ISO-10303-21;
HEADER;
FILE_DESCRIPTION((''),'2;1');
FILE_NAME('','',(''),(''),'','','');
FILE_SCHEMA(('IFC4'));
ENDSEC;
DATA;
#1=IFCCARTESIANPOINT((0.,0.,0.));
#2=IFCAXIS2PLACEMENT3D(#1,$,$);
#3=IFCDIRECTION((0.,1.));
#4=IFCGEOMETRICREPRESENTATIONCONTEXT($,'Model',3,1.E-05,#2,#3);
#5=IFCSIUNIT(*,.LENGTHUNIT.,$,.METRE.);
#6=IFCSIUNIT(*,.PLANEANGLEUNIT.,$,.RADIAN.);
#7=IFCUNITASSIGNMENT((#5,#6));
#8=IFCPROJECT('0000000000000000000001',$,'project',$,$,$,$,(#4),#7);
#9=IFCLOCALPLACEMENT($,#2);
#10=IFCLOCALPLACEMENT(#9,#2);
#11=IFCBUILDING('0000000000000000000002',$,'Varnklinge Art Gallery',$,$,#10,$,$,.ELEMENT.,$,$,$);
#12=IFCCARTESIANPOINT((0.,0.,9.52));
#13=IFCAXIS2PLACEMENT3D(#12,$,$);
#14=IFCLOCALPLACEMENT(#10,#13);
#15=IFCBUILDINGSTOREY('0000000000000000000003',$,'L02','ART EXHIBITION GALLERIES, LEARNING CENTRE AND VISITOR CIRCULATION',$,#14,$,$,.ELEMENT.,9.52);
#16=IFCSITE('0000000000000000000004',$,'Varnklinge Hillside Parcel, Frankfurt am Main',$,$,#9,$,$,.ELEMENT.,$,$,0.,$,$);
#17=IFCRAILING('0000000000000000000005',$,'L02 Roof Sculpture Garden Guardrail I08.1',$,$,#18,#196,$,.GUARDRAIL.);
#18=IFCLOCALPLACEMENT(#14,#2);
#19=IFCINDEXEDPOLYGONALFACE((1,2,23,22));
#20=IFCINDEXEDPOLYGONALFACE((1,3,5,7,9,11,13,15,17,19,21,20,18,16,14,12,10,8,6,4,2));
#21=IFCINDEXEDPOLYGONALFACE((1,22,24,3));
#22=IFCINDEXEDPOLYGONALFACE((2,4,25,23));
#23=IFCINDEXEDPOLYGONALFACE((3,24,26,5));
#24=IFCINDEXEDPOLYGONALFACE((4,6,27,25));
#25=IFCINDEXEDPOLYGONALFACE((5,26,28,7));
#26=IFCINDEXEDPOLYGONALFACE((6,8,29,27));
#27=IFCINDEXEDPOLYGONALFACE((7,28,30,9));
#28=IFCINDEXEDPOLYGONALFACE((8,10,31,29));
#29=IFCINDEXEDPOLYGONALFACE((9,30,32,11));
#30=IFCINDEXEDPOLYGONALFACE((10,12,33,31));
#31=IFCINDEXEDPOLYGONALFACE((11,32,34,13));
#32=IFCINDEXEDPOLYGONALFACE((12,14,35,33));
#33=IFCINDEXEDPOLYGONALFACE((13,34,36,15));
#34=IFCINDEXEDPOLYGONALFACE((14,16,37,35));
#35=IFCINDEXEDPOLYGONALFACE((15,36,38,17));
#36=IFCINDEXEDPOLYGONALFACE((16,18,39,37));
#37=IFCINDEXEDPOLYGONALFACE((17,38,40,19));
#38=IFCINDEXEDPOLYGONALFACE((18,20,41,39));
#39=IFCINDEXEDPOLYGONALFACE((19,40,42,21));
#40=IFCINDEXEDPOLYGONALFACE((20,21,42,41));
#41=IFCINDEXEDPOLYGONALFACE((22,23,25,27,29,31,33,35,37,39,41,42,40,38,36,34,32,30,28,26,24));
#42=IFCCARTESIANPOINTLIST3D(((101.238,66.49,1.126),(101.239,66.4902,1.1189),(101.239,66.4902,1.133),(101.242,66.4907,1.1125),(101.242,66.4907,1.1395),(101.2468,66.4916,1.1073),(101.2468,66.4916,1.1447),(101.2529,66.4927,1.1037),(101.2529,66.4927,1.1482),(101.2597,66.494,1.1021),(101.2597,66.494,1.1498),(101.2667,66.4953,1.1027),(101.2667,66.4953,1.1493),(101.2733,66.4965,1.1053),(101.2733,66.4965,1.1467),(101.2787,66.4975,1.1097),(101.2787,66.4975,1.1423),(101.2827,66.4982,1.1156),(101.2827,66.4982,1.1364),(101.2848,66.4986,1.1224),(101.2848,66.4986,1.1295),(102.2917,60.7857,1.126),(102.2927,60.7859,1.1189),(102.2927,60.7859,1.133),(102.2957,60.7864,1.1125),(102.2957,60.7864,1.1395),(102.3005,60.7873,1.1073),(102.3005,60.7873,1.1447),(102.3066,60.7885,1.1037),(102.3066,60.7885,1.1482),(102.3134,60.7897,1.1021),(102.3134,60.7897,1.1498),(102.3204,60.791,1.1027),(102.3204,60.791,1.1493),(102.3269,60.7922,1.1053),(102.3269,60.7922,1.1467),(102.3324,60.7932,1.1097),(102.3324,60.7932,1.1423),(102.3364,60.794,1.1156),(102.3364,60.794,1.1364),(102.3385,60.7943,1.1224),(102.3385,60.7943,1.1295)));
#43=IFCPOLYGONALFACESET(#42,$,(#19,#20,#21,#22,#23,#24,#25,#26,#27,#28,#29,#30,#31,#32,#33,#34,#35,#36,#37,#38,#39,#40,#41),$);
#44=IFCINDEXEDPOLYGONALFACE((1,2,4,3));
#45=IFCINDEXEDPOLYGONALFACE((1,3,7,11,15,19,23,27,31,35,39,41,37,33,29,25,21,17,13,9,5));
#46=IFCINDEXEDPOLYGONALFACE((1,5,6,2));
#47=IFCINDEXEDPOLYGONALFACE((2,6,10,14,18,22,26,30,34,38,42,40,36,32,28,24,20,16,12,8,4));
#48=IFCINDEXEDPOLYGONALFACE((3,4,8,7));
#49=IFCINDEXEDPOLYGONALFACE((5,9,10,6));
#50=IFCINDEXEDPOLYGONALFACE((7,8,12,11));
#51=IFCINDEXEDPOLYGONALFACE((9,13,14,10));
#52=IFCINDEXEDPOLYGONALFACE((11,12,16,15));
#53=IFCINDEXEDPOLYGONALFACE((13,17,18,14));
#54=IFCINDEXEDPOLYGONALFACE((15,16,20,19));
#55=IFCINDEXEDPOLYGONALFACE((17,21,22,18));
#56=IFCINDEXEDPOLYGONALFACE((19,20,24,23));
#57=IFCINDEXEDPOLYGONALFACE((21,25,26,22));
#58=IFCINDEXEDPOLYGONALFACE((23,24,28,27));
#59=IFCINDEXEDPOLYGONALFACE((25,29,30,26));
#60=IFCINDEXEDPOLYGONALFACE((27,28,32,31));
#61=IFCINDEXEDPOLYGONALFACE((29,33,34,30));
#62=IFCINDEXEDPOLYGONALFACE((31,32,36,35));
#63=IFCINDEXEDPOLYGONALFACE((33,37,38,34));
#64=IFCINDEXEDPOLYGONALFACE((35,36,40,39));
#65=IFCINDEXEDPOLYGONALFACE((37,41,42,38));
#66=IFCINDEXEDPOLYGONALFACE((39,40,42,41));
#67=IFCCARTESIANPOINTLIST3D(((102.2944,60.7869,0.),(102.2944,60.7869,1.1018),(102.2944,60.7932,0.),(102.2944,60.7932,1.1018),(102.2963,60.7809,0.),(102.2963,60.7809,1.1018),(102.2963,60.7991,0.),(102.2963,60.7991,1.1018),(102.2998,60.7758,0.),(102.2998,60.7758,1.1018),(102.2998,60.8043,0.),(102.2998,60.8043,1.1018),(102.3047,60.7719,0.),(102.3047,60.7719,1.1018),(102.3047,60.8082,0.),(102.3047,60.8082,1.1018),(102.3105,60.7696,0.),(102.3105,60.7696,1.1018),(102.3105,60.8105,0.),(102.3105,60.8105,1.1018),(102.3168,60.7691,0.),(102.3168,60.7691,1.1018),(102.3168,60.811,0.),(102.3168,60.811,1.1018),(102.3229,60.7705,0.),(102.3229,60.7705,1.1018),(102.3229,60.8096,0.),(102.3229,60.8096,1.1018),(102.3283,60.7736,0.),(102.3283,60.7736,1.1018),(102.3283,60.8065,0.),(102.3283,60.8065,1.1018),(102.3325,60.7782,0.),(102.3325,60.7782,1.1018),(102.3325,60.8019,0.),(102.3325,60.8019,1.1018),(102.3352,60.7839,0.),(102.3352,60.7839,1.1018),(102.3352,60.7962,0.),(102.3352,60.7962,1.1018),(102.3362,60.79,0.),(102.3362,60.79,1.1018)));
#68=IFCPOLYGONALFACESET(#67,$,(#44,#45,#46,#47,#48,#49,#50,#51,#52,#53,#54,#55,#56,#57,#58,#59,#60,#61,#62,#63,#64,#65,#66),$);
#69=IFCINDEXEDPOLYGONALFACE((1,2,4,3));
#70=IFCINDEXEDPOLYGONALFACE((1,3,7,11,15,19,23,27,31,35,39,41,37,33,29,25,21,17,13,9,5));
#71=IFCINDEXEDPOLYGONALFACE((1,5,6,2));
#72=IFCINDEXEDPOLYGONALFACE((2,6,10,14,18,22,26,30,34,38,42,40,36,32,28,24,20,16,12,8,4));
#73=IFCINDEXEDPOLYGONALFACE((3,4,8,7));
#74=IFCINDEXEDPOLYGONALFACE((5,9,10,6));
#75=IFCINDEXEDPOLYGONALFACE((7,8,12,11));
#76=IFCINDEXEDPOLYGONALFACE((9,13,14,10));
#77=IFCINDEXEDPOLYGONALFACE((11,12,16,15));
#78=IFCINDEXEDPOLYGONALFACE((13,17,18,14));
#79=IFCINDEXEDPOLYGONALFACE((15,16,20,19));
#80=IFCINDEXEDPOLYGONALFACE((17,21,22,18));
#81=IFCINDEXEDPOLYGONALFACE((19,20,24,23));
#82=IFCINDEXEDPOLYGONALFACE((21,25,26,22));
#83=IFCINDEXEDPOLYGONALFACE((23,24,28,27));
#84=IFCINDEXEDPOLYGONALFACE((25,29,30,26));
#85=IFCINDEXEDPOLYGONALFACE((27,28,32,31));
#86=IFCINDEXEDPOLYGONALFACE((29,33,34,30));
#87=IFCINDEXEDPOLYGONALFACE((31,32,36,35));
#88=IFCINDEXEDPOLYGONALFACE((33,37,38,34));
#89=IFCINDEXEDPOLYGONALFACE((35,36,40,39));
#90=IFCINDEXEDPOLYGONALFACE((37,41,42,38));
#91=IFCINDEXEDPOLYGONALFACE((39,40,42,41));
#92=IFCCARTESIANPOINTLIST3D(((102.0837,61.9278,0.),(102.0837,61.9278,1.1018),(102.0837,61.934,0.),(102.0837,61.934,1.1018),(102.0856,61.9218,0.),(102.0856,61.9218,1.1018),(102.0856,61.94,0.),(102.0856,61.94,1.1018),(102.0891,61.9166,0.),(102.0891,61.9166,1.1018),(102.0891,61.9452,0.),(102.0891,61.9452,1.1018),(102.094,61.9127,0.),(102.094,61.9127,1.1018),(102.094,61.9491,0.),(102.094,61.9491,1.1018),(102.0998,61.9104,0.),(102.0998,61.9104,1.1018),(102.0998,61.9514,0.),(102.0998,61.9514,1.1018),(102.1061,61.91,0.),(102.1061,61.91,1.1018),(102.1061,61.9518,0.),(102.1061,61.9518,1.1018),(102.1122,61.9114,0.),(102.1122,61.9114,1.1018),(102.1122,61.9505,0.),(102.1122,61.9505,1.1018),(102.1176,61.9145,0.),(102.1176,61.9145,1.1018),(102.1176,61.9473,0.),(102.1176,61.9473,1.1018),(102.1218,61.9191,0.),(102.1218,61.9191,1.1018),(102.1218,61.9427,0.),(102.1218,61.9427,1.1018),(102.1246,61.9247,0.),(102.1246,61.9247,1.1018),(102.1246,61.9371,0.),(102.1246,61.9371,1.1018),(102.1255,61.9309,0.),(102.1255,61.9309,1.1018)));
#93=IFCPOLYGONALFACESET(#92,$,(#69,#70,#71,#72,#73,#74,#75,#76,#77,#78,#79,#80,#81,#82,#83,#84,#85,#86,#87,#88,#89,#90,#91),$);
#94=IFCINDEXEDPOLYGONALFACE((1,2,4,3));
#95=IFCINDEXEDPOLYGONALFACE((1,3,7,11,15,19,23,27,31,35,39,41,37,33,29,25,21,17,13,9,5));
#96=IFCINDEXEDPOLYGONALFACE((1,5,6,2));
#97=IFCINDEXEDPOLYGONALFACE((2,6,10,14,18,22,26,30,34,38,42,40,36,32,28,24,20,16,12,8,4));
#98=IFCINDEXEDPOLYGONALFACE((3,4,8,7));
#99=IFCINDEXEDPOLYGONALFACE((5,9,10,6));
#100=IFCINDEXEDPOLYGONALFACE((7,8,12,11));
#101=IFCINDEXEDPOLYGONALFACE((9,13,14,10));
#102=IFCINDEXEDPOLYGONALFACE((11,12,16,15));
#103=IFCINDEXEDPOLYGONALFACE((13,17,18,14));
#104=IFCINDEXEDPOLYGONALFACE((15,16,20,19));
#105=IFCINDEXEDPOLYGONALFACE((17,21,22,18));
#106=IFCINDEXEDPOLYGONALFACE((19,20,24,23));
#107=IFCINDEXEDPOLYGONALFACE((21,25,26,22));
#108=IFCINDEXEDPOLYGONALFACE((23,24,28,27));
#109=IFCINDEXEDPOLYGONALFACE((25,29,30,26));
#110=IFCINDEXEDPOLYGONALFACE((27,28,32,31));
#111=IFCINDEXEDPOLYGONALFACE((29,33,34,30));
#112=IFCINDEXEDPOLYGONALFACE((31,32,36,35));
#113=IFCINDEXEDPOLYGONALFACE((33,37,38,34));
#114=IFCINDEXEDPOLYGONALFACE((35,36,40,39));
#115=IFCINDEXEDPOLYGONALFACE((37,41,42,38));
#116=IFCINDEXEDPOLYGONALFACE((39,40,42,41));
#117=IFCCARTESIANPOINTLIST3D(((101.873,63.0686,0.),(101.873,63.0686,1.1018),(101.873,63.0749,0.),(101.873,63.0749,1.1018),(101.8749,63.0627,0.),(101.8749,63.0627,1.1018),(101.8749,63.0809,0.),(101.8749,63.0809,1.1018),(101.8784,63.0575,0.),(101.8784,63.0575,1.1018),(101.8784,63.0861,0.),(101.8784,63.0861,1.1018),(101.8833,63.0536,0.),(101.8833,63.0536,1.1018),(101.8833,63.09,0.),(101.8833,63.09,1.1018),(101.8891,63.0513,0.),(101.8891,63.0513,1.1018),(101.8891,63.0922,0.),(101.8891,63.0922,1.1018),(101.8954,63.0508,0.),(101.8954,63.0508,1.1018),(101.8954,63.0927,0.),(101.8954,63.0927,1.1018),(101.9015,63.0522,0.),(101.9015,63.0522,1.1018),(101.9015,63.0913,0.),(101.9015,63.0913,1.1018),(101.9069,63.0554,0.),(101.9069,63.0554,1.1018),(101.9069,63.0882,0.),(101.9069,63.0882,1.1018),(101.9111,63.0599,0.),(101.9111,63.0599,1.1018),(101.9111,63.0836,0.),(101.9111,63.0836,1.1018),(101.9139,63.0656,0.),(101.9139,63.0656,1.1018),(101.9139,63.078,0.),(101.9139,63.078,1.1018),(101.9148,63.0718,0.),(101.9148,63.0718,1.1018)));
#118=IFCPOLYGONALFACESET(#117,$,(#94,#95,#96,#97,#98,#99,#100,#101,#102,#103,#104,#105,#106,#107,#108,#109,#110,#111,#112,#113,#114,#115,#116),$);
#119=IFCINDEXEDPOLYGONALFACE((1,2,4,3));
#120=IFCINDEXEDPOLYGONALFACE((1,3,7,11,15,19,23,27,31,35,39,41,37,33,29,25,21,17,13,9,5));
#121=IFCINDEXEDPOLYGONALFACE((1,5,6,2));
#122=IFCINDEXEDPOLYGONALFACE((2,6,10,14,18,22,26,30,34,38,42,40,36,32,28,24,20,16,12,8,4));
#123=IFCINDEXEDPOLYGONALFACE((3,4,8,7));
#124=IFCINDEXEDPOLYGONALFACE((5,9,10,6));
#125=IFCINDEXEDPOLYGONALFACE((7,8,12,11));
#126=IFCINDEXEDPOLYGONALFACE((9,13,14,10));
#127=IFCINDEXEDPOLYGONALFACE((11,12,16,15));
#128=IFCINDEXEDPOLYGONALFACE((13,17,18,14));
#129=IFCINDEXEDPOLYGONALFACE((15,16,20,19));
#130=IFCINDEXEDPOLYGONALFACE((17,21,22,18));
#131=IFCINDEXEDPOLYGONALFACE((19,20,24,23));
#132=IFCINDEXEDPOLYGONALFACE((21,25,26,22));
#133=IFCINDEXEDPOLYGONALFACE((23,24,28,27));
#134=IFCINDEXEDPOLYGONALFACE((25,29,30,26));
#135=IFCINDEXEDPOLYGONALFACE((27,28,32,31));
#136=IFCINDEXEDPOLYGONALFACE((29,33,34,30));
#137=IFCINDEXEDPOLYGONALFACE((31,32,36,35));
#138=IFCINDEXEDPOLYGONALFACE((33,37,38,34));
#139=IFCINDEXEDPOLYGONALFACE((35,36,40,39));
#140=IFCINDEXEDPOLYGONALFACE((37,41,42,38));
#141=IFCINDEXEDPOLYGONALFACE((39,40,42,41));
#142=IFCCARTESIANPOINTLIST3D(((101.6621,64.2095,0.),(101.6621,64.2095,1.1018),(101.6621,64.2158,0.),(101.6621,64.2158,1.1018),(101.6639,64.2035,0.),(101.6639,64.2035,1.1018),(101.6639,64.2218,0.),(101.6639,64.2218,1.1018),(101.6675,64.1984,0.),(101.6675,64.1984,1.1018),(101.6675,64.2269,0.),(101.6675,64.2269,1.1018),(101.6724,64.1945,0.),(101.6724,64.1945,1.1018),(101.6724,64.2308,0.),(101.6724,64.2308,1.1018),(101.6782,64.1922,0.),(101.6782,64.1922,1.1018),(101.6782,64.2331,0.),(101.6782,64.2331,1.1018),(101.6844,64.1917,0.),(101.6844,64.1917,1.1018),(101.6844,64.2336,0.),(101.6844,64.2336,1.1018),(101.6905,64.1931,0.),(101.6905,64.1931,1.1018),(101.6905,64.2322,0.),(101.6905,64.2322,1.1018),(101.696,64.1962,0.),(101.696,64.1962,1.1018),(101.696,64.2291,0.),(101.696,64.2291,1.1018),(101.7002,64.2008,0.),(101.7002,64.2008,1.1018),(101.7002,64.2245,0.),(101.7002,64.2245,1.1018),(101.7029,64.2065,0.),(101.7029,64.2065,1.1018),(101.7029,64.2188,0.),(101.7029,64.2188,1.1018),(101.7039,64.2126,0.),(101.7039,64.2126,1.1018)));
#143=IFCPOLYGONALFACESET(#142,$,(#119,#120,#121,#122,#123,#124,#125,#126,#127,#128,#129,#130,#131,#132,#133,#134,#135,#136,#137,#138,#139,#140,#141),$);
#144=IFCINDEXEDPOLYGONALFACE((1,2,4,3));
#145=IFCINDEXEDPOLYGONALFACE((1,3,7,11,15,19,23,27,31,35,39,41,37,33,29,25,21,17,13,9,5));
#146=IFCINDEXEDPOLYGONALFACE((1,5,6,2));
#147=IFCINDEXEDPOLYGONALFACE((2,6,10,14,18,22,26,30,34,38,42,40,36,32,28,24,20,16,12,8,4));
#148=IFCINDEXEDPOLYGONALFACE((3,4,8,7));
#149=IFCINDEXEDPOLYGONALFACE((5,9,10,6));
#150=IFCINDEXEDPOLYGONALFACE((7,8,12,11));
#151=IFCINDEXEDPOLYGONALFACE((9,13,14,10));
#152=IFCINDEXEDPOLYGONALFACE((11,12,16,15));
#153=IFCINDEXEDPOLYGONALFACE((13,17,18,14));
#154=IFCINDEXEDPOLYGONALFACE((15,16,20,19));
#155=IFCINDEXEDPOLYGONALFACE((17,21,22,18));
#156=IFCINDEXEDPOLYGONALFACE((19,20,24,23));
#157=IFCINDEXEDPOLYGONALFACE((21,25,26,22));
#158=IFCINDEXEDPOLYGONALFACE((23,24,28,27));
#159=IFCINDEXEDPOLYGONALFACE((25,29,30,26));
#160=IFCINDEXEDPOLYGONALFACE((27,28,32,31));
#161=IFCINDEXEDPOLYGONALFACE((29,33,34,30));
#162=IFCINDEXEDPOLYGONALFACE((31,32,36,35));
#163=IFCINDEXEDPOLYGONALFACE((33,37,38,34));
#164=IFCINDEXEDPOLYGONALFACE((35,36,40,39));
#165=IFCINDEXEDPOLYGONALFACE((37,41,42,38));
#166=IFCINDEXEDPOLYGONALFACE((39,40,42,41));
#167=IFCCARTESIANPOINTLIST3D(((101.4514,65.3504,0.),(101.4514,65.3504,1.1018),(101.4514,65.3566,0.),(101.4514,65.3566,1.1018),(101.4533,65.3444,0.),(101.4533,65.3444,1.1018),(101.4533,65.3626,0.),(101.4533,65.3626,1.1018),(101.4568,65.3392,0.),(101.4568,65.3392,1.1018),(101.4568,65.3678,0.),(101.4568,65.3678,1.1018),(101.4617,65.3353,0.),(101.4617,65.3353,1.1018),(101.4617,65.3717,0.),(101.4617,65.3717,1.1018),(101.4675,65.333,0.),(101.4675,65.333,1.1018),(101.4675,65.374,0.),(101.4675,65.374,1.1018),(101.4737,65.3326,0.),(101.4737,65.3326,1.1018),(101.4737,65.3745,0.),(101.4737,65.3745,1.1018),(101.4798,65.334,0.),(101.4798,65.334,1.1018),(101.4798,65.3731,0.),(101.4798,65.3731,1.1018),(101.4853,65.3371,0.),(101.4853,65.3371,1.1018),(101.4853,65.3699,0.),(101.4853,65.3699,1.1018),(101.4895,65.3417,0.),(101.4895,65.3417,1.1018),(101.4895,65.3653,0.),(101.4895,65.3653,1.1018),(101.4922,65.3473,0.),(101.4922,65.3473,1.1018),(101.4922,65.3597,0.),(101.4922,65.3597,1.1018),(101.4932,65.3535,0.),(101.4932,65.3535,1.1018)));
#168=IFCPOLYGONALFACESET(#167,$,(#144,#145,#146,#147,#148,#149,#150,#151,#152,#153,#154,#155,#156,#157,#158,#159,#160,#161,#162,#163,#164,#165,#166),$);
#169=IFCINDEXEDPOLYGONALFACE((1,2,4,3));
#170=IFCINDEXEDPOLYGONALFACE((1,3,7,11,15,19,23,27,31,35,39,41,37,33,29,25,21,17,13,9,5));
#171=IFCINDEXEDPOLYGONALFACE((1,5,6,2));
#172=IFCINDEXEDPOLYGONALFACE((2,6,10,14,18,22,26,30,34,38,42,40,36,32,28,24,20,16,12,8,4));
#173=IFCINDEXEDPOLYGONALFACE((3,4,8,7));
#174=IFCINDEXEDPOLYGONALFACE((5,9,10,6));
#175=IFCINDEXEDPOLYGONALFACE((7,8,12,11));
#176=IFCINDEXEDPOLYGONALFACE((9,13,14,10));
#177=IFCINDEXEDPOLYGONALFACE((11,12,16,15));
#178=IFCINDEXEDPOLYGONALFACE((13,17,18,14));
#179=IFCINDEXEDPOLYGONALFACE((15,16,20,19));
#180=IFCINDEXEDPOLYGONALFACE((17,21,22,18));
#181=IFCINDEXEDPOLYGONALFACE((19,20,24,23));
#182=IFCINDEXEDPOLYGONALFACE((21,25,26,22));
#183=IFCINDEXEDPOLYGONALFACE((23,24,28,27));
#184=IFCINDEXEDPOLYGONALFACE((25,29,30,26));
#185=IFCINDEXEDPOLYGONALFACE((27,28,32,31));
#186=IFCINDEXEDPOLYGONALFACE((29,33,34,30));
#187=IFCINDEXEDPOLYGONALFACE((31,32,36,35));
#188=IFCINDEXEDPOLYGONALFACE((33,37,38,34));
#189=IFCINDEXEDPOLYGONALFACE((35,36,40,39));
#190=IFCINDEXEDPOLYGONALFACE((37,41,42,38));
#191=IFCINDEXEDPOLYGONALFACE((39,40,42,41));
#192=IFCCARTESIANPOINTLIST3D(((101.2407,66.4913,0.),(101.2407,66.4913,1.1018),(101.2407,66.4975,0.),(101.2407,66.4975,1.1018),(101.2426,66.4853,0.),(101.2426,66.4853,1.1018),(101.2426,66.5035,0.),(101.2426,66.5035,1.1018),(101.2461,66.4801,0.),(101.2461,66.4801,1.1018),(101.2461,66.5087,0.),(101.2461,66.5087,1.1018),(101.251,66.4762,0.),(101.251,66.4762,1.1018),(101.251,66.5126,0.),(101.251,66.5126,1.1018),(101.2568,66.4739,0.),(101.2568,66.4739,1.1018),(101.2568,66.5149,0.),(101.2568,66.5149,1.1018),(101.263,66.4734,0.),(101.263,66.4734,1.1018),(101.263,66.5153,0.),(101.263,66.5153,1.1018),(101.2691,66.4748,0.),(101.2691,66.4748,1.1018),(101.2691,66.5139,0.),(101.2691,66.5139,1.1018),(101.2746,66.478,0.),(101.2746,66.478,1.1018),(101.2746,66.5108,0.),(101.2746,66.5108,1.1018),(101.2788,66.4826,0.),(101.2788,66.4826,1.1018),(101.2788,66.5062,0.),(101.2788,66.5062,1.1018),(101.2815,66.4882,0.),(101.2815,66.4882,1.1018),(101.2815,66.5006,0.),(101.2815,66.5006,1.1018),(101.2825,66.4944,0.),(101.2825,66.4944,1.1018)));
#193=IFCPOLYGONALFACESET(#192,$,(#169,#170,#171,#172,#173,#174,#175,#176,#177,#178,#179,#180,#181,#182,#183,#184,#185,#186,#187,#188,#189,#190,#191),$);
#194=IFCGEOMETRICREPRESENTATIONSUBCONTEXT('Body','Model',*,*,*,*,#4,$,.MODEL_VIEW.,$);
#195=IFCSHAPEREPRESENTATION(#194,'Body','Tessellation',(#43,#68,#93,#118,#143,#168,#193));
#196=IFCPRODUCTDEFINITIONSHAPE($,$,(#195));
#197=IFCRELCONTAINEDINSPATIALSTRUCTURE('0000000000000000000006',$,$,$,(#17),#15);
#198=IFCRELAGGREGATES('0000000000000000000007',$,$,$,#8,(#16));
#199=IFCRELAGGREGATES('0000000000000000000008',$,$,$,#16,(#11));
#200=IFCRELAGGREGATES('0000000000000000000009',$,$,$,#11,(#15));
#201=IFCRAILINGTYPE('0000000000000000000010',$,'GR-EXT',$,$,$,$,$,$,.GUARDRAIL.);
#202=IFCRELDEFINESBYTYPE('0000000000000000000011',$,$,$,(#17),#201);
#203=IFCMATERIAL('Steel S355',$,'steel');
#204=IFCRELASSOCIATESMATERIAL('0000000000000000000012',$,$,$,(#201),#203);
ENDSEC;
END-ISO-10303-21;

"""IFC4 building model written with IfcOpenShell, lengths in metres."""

from ifc_helpers import new_model, si_unit, direction, frame, origin, origin_2d, place, context, subcontext, project, spatial, circle, extrude, material, type_object, element, save


model = new_model("IFC4")

# Units and contexts
model_context = context("Model", 3, precision=1e-05, world=origin(), true_north=direction((0.0, 1.0)))
body_context = subcontext(model_context, "Body", "Model", "MODEL_VIEW")
ifc_project = project(units=[si_unit("LENGTHUNIT", "METRE"), si_unit("PLANEANGLEUNIT", "RADIAN")], contexts=[model_context])

# Site, building, storey
site_placement = place(None, origin())
site = spatial("IfcSite", under=ifc_project, at=site_placement, Name="Varnklinge Hillside Parcel, Frankfurt am Main", CompositionType="ELEMENT", RefElevation=0.0)
building_placement = place(site_placement, origin())
building = spatial("IfcBuilding", under=site, at=building_placement, Name="Varnklinge Art Gallery", CompositionType="ELEMENT")
storey_placement = place(building_placement, frame((0.0, 0.0, 9.52)))
storey = spatial("IfcBuildingStorey", under=building, at=storey_placement, Name="L02", Description="ART EXHIBITION GALLERIES, LEARNING CENTRE AND VISITOR CIRCULATION", CompositionType="ELEMENT", Elevation=9.52)

# Railing
ifc_material_1 = material(Name="Steel S355", Category="steel")
railing_type_1 = type_object("IfcRailingType", Name="GR-EXT", PredefinedType="GUARDRAIL", material=ifc_material_1)
railing_1_placement = place(storey_placement, frame((102.3152, 60.79, 0.0)))
element("IfcRailing", 1, at=railing_1_placement, inside=storey, type_object=railing_type_1, Name="L02 Roof Sculpture Garden Guardrail I08.1", PredefinedType="GUARDRAIL", context=body_context, shape_type="SweptSolid", body=[
    extrude(circle(Radius=0.0239, at=origin_2d()), frame((0.0, 0.0, 1.126), z_axis=(-0.181648, 0.983364, 0.0), x_axis=(-0.983364, -0.181648, 0.0)), (0.0, 0.0, 1.0), 5.8008),
    extrude(circle(Radius=0.021, at=origin_2d()), origin(), (0.0, 0.0, 1.0), 1.1018),
    extrude(circle(Radius=0.021, at=origin_2d()), frame((-0.2107, 1.1409, 0.0)), (0.0, 0.0, 1.0), 1.1018),
    extrude(circle(Radius=0.021, at=origin_2d()), frame((-0.4214, 2.2817, 0.0)), (0.0, 0.0, 1.0), 1.1018),
    extrude(circle(Radius=0.021, at=origin_2d()), frame((-0.6323, 3.4226, 0.0)), (0.0, 0.0, 1.0), 1.1018),
    extrude(circle(Radius=0.021, at=origin_2d()), frame((-0.843, 4.5635, 0.0)), (0.0, 0.0, 1.0), 1.1018),
    extrude(circle(Radius=0.021, at=origin_2d()), frame((-1.0537, 5.7043, 0.0)), (0.0, 0.0, 1.0), 1.1018),
])

save(model, "model.ifc")
